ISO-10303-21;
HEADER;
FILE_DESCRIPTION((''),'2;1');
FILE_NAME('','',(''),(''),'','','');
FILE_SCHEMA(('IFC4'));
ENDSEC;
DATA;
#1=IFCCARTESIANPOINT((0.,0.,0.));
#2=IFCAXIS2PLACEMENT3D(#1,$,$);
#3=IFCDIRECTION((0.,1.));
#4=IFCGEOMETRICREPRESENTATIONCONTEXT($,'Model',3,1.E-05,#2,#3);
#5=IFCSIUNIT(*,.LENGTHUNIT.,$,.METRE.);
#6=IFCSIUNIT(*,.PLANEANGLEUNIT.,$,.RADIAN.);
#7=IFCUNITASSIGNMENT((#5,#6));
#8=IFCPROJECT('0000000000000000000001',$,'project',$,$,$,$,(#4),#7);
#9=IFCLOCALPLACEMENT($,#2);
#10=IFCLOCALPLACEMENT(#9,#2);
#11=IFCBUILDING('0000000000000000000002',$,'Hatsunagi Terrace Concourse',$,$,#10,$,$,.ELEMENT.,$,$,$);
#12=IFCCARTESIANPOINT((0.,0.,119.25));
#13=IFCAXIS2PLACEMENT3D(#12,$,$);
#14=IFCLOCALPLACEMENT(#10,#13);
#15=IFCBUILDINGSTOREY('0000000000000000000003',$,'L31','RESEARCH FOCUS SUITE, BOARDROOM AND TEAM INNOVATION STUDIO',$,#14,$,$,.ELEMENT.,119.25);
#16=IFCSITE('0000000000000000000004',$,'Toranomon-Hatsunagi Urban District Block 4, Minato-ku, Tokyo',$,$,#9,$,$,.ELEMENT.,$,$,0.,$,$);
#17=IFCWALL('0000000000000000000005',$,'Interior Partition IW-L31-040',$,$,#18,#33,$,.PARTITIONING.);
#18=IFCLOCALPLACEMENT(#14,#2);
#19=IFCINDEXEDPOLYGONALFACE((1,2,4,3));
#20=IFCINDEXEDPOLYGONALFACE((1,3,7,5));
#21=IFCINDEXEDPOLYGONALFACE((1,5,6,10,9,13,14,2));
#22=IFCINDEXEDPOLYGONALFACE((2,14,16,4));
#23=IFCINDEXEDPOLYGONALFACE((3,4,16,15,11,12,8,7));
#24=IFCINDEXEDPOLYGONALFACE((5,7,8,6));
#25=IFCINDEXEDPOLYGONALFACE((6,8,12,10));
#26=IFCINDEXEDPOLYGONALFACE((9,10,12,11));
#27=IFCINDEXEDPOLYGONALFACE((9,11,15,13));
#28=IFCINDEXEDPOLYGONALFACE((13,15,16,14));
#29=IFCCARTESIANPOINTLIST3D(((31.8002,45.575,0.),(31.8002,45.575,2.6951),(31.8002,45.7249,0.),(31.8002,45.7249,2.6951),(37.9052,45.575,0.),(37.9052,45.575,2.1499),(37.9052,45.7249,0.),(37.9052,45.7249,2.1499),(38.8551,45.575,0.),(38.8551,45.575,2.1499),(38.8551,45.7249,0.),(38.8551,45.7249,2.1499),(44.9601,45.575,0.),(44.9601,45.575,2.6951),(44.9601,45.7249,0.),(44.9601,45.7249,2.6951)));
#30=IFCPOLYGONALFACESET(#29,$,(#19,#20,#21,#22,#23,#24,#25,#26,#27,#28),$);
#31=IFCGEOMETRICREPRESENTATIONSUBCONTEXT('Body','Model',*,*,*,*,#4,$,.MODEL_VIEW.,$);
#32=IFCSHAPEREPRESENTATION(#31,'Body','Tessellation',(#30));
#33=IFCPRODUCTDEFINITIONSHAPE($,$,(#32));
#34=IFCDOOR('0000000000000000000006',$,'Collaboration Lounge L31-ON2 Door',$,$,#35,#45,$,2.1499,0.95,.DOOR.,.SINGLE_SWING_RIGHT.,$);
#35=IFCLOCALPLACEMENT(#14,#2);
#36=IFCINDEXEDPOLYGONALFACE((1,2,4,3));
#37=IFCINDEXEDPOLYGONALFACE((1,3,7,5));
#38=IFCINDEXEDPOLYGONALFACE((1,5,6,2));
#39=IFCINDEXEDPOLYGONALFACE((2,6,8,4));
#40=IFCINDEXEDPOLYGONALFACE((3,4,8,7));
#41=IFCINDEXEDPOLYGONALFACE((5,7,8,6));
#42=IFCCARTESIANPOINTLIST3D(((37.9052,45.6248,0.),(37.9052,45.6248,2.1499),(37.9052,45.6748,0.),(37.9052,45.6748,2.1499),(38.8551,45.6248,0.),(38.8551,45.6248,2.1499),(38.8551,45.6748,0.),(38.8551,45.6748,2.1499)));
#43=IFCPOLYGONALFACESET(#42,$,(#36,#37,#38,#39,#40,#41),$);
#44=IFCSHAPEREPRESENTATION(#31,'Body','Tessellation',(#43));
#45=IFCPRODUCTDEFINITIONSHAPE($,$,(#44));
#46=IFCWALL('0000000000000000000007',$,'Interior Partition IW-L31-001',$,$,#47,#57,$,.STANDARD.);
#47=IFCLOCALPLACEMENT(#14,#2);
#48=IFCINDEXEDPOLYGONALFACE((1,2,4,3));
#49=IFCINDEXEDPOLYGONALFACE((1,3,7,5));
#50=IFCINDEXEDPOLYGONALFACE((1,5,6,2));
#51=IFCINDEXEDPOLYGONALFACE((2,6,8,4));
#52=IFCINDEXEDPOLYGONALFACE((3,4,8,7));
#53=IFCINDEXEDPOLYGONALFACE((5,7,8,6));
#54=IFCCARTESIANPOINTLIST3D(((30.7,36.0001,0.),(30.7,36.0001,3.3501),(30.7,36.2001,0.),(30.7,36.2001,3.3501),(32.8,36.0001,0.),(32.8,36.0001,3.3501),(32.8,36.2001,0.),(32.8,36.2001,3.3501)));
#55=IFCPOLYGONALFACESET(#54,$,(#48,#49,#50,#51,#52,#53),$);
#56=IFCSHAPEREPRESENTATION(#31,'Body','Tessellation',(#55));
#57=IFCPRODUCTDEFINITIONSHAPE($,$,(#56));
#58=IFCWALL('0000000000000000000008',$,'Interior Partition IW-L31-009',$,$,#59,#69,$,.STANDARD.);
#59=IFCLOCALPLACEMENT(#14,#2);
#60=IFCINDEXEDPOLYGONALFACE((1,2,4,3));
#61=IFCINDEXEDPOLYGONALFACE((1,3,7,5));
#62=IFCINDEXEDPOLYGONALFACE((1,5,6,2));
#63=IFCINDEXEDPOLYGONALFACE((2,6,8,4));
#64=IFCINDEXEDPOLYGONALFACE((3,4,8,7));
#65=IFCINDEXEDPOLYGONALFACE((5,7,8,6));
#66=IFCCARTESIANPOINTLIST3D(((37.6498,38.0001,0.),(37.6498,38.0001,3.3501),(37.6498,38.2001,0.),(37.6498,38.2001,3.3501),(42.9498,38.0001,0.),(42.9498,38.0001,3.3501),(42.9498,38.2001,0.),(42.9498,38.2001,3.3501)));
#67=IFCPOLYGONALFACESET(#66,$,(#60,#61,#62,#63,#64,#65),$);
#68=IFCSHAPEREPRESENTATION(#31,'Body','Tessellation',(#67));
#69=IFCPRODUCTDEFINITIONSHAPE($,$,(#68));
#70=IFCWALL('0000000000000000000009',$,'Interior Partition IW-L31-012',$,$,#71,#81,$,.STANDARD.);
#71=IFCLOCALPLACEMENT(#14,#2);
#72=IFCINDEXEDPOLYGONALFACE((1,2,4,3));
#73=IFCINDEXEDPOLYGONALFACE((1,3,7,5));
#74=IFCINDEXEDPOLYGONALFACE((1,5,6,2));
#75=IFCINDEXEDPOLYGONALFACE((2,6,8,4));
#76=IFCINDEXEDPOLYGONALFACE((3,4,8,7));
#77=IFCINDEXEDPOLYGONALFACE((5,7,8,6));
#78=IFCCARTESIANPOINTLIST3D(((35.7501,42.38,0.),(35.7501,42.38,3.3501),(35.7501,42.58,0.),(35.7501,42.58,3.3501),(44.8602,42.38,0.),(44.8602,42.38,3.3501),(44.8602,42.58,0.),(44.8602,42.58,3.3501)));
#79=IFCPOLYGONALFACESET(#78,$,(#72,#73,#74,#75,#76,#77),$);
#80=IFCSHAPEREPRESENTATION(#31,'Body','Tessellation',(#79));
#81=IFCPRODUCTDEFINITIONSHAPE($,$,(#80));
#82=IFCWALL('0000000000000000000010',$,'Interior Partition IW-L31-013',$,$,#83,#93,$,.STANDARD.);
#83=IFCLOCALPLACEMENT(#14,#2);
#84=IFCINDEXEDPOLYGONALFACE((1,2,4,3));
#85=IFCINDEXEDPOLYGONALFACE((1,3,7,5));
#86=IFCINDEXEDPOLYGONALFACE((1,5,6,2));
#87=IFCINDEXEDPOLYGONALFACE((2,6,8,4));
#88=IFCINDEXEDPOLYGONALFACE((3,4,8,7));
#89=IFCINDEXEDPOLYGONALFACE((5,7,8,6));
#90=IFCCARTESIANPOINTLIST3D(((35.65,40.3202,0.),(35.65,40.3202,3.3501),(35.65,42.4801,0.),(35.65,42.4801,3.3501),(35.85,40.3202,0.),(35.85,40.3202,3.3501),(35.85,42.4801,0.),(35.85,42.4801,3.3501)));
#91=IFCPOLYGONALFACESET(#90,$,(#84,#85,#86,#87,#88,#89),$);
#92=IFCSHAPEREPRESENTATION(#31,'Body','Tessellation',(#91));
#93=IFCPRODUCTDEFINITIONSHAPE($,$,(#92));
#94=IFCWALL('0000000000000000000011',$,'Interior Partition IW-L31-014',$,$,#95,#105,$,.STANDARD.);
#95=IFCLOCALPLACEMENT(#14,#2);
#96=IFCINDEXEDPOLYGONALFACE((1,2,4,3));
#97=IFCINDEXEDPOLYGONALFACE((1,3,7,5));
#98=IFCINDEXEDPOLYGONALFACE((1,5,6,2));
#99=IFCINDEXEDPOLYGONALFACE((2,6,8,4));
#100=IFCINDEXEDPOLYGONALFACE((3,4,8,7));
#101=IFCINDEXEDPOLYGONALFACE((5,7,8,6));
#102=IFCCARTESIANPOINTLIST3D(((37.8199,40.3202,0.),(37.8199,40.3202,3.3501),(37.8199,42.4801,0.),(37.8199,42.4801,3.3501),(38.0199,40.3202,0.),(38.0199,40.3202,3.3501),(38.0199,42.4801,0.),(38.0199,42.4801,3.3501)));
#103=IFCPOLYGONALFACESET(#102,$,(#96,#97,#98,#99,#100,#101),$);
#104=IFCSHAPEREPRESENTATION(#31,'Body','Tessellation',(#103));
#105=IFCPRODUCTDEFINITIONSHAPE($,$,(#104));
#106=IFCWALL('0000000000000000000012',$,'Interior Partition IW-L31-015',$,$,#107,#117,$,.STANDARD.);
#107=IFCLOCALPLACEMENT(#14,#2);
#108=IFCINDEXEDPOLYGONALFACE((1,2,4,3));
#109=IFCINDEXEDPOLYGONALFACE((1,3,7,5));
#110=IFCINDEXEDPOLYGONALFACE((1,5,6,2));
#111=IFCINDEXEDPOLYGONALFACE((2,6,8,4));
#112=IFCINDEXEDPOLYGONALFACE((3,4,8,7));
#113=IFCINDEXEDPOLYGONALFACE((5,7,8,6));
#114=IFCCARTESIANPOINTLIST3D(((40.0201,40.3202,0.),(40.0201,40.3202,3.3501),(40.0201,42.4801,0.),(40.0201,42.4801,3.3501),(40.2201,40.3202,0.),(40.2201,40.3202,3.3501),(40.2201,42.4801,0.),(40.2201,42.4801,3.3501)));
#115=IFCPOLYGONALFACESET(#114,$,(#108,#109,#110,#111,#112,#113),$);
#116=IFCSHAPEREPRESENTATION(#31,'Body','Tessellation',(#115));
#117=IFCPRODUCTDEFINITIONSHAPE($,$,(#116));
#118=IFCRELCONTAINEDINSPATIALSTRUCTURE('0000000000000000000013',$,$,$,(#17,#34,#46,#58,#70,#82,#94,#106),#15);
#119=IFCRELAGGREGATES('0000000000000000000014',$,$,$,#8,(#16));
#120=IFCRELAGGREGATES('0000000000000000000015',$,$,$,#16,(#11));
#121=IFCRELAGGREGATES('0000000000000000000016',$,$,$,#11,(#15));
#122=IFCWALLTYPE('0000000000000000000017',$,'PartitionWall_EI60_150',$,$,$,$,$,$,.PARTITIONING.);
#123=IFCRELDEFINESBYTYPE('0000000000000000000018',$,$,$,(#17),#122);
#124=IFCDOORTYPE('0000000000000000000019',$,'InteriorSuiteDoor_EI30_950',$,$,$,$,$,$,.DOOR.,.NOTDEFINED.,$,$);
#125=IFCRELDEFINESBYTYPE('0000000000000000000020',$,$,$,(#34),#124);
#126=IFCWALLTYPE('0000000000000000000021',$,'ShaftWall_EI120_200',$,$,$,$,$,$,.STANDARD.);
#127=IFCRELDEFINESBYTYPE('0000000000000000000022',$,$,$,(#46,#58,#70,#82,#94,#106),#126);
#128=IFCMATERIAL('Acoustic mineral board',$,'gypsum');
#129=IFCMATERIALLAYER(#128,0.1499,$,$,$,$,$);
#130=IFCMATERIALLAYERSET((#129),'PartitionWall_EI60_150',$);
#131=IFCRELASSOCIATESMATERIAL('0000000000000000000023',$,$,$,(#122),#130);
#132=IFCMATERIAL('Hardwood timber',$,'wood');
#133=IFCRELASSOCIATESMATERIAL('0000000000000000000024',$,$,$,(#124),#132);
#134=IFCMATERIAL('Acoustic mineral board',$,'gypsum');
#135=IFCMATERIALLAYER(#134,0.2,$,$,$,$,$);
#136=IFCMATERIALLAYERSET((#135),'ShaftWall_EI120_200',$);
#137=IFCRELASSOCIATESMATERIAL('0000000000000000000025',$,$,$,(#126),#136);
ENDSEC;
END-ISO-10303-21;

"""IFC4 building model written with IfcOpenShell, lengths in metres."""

from ifc_helpers import new_model, si_unit, direction, frame, frame_2d, origin, place, context, subcontext, project, spatial, rectangle, extrude, material, layer, layer_set, type_object, element, fill, save


model = new_model("IFC4")

# Units and contexts
model_context = context("Model", 3, precision=1e-05, world=origin(), true_north=direction((0.0, 1.0)))
body_context = subcontext(model_context, "Body", "Model", "MODEL_VIEW")
ifc_project = project(units=[si_unit("LENGTHUNIT", "METRE"), si_unit("PLANEANGLEUNIT", "RADIAN")], contexts=[model_context])

# Site, building, storey
site_placement = place(None, origin())
site = spatial("IfcSite", under=ifc_project, at=site_placement, Name="Toranomon-Hatsunagi Urban District Block 4, Minato-ku, Tokyo", CompositionType="ELEMENT", RefElevation=0.0)
building_placement = place(site_placement, origin())
building = spatial("IfcBuilding", under=site, at=building_placement, Name="Hatsunagi Terrace Concourse", CompositionType="ELEMENT")
storey_placement = place(building_placement, frame((0.0, 0.0, 119.25)))
storey = spatial("IfcBuildingStorey", under=building, at=storey_placement, Name="L31", Description="RESEARCH FOCUS SUITE, BOARDROOM AND TEAM INNOVATION STUDIO", CompositionType="ELEMENT", Elevation=119.25)

# Shared definitions
ifc_material_1 = material(Name="Acoustic mineral board", Category="gypsum")
ifc_layer_1 = layer(ifc_material_1, 0.1499)
ifc_layer_set_1 = layer_set([ifc_layer_1], Name="PartitionWall_EI60_150")
wall_type_1 = type_object("IfcWallType", Name="PartitionWall_EI60_150", PredefinedType="PARTITIONING", material=ifc_layer_set_1)

# Wall, opening, door
wall_1_placement = place(storey_placement, frame((31.8, 45.6499, 0.0), z_axis=(0.0, 0.0, 1.0), x_axis=(1.0, 0.0, 0.0)))
wall_1 = element("IfcWall", 1, at=wall_1_placement, inside=storey, type_object=wall_type_1, Name="Interior Partition IW-L31-040", PredefinedType="PARTITIONING", context=body_context, shape_type="SweptSolid", body=[
    extrude(rectangle(XDim=13.1599, YDim=0.1499, at=frame_2d((6.5801, 0.0))), origin(), (0.0, 0.0, 1.0), 2.6951),
])
opening_1_placement = place(wall_1_placement, frame((6.105, 0.0, 0.0)))
opening_1 = element("IfcOpeningElement", 2, at=opening_1_placement, cuts=wall_1, PredefinedType="OPENING", context=body_context, shape_type="SweptSolid", body=[
    extrude(rectangle(XDim=0.95, YDim=2.1499, at=frame_2d((0.4751, 1.075))), frame((0.0, 0.085, 0.0), z_axis=(0.0, -1.0, 0.0), x_axis=(1.0, 0.0, 0.0)), (0.0, 0.0, 1.0), 0.1699),
])
ifc_material_2 = material(Name="Hardwood timber", Category="wood")
door_type_1 = type_object("IfcDoorType", Name="InteriorSuiteDoor_EI30_950", OperationType="NOTDEFINED", PredefinedType="DOOR", material=ifc_material_2)
door_1_placement = place(opening_1_placement, origin())
door_1 = element("IfcDoor", 3, at=door_1_placement, inside=storey, type_object=door_type_1, Name="Collaboration Lounge L31-ON2 Door", OperationType="SINGLE_SWING_RIGHT", OverallHeight=2.1499, OverallWidth=0.95, PredefinedType="DOOR", context=body_context, shape_type="SweptSolid", body=[
    extrude(rectangle(XDim=0.95, YDim=2.1499, at=frame_2d((0.4751, 1.075))), frame((0.0, 0.0249, 0.0), z_axis=(0.0, -1.0, 0.0), x_axis=(1.0, 0.0, 0.0)), (0.0, 0.0, 1.0), 0.05),
])
fill(opening_1, door_1)

# Walls
ifc_material_3 = material(Name="Acoustic mineral board", Category="gypsum")
ifc_layer_2 = layer(ifc_material_3, 0.2)
ifc_layer_set_2 = layer_set([ifc_layer_2], Name="ShaftWall_EI120_200")
wall_type_2 = type_object("IfcWallType", Name="ShaftWall_EI120_200", PredefinedType="STANDARD", material=ifc_layer_set_2)
wall_2_placement = place(storey_placement, frame((30.7, 36.1001, 0.0), z_axis=(0.0, 0.0, 1.0), x_axis=(1.0, 0.0, 0.0)))
element("IfcWall", 4, at=wall_2_placement, inside=storey, type_object=wall_type_2, Name="Interior Partition IW-L31-001", PredefinedType="STANDARD", context=body_context, shape_type="SweptSolid", body=[
    extrude(rectangle(XDim=2.1001, YDim=0.2, at=frame_2d((1.05, 0.0))), origin(), (0.0, 0.0, 1.0), 3.3501),
])
wall_3_placement = place(storey_placement, frame((37.6499, 38.1001, 0.0), z_axis=(0.0, 0.0, 1.0), x_axis=(1.0, 0.0, 0.0)))
element("IfcWall", 5, at=wall_3_placement, inside=storey, type_object=wall_type_2, Name="Interior Partition IW-L31-009", PredefinedType="STANDARD", context=body_context, shape_type="SweptSolid", body=[
    extrude(rectangle(XDim=5.3, YDim=0.2, at=frame_2d((2.6499, 0.0))), origin(), (0.0, 0.0, 1.0), 3.3501),
])
wall_4_placement = place(storey_placement, frame((35.75, 42.48, 0.0), z_axis=(0.0, 0.0, 1.0), x_axis=(1.0, 0.0, 0.0)))
element("IfcWall", 6, at=wall_4_placement, inside=storey, type_object=wall_type_2, Name="Interior Partition IW-L31-012", PredefinedType="STANDARD", context=body_context, shape_type="SweptSolid", body=[
    extrude(rectangle(XDim=9.1101, YDim=0.2, at=frame_2d((4.5552, 0.0))), origin(), (0.0, 0.0, 1.0), 3.3501),
])
for number, where, z_axis, x_axis, name in (
    (7, (35.75, 40.3201, 0.0), (0.0, 0.0, 1.0), (0.0, 1.0, 0.0), "Interior Partition IW-L31-013"),
    (8, (37.9199, 40.3201, 0.0), (0.0, 0.0, 1.0), (0.0, 1.0, 0.0), "Interior Partition IW-L31-014"),
    (9, (40.1201, 40.3201, 0.0), (0.0, 0.0, 1.0), (0.0, 1.0, 0.0), "Interior Partition IW-L31-015"),
):
    element("IfcWall", number, at=place(storey_placement, frame(where, z_axis=z_axis, x_axis=x_axis)), inside=storey, type_object=wall_type_2, Name=name, PredefinedType="STANDARD", context=body_context, shape_type="SweptSolid", body=[
        extrude(rectangle(XDim=2.1599, YDim=0.2, at=frame_2d((1.0801, 0.0))), origin(), (0.0, 0.0, 1.0), 3.3501),
    ])

save(model, "model.ifc")
